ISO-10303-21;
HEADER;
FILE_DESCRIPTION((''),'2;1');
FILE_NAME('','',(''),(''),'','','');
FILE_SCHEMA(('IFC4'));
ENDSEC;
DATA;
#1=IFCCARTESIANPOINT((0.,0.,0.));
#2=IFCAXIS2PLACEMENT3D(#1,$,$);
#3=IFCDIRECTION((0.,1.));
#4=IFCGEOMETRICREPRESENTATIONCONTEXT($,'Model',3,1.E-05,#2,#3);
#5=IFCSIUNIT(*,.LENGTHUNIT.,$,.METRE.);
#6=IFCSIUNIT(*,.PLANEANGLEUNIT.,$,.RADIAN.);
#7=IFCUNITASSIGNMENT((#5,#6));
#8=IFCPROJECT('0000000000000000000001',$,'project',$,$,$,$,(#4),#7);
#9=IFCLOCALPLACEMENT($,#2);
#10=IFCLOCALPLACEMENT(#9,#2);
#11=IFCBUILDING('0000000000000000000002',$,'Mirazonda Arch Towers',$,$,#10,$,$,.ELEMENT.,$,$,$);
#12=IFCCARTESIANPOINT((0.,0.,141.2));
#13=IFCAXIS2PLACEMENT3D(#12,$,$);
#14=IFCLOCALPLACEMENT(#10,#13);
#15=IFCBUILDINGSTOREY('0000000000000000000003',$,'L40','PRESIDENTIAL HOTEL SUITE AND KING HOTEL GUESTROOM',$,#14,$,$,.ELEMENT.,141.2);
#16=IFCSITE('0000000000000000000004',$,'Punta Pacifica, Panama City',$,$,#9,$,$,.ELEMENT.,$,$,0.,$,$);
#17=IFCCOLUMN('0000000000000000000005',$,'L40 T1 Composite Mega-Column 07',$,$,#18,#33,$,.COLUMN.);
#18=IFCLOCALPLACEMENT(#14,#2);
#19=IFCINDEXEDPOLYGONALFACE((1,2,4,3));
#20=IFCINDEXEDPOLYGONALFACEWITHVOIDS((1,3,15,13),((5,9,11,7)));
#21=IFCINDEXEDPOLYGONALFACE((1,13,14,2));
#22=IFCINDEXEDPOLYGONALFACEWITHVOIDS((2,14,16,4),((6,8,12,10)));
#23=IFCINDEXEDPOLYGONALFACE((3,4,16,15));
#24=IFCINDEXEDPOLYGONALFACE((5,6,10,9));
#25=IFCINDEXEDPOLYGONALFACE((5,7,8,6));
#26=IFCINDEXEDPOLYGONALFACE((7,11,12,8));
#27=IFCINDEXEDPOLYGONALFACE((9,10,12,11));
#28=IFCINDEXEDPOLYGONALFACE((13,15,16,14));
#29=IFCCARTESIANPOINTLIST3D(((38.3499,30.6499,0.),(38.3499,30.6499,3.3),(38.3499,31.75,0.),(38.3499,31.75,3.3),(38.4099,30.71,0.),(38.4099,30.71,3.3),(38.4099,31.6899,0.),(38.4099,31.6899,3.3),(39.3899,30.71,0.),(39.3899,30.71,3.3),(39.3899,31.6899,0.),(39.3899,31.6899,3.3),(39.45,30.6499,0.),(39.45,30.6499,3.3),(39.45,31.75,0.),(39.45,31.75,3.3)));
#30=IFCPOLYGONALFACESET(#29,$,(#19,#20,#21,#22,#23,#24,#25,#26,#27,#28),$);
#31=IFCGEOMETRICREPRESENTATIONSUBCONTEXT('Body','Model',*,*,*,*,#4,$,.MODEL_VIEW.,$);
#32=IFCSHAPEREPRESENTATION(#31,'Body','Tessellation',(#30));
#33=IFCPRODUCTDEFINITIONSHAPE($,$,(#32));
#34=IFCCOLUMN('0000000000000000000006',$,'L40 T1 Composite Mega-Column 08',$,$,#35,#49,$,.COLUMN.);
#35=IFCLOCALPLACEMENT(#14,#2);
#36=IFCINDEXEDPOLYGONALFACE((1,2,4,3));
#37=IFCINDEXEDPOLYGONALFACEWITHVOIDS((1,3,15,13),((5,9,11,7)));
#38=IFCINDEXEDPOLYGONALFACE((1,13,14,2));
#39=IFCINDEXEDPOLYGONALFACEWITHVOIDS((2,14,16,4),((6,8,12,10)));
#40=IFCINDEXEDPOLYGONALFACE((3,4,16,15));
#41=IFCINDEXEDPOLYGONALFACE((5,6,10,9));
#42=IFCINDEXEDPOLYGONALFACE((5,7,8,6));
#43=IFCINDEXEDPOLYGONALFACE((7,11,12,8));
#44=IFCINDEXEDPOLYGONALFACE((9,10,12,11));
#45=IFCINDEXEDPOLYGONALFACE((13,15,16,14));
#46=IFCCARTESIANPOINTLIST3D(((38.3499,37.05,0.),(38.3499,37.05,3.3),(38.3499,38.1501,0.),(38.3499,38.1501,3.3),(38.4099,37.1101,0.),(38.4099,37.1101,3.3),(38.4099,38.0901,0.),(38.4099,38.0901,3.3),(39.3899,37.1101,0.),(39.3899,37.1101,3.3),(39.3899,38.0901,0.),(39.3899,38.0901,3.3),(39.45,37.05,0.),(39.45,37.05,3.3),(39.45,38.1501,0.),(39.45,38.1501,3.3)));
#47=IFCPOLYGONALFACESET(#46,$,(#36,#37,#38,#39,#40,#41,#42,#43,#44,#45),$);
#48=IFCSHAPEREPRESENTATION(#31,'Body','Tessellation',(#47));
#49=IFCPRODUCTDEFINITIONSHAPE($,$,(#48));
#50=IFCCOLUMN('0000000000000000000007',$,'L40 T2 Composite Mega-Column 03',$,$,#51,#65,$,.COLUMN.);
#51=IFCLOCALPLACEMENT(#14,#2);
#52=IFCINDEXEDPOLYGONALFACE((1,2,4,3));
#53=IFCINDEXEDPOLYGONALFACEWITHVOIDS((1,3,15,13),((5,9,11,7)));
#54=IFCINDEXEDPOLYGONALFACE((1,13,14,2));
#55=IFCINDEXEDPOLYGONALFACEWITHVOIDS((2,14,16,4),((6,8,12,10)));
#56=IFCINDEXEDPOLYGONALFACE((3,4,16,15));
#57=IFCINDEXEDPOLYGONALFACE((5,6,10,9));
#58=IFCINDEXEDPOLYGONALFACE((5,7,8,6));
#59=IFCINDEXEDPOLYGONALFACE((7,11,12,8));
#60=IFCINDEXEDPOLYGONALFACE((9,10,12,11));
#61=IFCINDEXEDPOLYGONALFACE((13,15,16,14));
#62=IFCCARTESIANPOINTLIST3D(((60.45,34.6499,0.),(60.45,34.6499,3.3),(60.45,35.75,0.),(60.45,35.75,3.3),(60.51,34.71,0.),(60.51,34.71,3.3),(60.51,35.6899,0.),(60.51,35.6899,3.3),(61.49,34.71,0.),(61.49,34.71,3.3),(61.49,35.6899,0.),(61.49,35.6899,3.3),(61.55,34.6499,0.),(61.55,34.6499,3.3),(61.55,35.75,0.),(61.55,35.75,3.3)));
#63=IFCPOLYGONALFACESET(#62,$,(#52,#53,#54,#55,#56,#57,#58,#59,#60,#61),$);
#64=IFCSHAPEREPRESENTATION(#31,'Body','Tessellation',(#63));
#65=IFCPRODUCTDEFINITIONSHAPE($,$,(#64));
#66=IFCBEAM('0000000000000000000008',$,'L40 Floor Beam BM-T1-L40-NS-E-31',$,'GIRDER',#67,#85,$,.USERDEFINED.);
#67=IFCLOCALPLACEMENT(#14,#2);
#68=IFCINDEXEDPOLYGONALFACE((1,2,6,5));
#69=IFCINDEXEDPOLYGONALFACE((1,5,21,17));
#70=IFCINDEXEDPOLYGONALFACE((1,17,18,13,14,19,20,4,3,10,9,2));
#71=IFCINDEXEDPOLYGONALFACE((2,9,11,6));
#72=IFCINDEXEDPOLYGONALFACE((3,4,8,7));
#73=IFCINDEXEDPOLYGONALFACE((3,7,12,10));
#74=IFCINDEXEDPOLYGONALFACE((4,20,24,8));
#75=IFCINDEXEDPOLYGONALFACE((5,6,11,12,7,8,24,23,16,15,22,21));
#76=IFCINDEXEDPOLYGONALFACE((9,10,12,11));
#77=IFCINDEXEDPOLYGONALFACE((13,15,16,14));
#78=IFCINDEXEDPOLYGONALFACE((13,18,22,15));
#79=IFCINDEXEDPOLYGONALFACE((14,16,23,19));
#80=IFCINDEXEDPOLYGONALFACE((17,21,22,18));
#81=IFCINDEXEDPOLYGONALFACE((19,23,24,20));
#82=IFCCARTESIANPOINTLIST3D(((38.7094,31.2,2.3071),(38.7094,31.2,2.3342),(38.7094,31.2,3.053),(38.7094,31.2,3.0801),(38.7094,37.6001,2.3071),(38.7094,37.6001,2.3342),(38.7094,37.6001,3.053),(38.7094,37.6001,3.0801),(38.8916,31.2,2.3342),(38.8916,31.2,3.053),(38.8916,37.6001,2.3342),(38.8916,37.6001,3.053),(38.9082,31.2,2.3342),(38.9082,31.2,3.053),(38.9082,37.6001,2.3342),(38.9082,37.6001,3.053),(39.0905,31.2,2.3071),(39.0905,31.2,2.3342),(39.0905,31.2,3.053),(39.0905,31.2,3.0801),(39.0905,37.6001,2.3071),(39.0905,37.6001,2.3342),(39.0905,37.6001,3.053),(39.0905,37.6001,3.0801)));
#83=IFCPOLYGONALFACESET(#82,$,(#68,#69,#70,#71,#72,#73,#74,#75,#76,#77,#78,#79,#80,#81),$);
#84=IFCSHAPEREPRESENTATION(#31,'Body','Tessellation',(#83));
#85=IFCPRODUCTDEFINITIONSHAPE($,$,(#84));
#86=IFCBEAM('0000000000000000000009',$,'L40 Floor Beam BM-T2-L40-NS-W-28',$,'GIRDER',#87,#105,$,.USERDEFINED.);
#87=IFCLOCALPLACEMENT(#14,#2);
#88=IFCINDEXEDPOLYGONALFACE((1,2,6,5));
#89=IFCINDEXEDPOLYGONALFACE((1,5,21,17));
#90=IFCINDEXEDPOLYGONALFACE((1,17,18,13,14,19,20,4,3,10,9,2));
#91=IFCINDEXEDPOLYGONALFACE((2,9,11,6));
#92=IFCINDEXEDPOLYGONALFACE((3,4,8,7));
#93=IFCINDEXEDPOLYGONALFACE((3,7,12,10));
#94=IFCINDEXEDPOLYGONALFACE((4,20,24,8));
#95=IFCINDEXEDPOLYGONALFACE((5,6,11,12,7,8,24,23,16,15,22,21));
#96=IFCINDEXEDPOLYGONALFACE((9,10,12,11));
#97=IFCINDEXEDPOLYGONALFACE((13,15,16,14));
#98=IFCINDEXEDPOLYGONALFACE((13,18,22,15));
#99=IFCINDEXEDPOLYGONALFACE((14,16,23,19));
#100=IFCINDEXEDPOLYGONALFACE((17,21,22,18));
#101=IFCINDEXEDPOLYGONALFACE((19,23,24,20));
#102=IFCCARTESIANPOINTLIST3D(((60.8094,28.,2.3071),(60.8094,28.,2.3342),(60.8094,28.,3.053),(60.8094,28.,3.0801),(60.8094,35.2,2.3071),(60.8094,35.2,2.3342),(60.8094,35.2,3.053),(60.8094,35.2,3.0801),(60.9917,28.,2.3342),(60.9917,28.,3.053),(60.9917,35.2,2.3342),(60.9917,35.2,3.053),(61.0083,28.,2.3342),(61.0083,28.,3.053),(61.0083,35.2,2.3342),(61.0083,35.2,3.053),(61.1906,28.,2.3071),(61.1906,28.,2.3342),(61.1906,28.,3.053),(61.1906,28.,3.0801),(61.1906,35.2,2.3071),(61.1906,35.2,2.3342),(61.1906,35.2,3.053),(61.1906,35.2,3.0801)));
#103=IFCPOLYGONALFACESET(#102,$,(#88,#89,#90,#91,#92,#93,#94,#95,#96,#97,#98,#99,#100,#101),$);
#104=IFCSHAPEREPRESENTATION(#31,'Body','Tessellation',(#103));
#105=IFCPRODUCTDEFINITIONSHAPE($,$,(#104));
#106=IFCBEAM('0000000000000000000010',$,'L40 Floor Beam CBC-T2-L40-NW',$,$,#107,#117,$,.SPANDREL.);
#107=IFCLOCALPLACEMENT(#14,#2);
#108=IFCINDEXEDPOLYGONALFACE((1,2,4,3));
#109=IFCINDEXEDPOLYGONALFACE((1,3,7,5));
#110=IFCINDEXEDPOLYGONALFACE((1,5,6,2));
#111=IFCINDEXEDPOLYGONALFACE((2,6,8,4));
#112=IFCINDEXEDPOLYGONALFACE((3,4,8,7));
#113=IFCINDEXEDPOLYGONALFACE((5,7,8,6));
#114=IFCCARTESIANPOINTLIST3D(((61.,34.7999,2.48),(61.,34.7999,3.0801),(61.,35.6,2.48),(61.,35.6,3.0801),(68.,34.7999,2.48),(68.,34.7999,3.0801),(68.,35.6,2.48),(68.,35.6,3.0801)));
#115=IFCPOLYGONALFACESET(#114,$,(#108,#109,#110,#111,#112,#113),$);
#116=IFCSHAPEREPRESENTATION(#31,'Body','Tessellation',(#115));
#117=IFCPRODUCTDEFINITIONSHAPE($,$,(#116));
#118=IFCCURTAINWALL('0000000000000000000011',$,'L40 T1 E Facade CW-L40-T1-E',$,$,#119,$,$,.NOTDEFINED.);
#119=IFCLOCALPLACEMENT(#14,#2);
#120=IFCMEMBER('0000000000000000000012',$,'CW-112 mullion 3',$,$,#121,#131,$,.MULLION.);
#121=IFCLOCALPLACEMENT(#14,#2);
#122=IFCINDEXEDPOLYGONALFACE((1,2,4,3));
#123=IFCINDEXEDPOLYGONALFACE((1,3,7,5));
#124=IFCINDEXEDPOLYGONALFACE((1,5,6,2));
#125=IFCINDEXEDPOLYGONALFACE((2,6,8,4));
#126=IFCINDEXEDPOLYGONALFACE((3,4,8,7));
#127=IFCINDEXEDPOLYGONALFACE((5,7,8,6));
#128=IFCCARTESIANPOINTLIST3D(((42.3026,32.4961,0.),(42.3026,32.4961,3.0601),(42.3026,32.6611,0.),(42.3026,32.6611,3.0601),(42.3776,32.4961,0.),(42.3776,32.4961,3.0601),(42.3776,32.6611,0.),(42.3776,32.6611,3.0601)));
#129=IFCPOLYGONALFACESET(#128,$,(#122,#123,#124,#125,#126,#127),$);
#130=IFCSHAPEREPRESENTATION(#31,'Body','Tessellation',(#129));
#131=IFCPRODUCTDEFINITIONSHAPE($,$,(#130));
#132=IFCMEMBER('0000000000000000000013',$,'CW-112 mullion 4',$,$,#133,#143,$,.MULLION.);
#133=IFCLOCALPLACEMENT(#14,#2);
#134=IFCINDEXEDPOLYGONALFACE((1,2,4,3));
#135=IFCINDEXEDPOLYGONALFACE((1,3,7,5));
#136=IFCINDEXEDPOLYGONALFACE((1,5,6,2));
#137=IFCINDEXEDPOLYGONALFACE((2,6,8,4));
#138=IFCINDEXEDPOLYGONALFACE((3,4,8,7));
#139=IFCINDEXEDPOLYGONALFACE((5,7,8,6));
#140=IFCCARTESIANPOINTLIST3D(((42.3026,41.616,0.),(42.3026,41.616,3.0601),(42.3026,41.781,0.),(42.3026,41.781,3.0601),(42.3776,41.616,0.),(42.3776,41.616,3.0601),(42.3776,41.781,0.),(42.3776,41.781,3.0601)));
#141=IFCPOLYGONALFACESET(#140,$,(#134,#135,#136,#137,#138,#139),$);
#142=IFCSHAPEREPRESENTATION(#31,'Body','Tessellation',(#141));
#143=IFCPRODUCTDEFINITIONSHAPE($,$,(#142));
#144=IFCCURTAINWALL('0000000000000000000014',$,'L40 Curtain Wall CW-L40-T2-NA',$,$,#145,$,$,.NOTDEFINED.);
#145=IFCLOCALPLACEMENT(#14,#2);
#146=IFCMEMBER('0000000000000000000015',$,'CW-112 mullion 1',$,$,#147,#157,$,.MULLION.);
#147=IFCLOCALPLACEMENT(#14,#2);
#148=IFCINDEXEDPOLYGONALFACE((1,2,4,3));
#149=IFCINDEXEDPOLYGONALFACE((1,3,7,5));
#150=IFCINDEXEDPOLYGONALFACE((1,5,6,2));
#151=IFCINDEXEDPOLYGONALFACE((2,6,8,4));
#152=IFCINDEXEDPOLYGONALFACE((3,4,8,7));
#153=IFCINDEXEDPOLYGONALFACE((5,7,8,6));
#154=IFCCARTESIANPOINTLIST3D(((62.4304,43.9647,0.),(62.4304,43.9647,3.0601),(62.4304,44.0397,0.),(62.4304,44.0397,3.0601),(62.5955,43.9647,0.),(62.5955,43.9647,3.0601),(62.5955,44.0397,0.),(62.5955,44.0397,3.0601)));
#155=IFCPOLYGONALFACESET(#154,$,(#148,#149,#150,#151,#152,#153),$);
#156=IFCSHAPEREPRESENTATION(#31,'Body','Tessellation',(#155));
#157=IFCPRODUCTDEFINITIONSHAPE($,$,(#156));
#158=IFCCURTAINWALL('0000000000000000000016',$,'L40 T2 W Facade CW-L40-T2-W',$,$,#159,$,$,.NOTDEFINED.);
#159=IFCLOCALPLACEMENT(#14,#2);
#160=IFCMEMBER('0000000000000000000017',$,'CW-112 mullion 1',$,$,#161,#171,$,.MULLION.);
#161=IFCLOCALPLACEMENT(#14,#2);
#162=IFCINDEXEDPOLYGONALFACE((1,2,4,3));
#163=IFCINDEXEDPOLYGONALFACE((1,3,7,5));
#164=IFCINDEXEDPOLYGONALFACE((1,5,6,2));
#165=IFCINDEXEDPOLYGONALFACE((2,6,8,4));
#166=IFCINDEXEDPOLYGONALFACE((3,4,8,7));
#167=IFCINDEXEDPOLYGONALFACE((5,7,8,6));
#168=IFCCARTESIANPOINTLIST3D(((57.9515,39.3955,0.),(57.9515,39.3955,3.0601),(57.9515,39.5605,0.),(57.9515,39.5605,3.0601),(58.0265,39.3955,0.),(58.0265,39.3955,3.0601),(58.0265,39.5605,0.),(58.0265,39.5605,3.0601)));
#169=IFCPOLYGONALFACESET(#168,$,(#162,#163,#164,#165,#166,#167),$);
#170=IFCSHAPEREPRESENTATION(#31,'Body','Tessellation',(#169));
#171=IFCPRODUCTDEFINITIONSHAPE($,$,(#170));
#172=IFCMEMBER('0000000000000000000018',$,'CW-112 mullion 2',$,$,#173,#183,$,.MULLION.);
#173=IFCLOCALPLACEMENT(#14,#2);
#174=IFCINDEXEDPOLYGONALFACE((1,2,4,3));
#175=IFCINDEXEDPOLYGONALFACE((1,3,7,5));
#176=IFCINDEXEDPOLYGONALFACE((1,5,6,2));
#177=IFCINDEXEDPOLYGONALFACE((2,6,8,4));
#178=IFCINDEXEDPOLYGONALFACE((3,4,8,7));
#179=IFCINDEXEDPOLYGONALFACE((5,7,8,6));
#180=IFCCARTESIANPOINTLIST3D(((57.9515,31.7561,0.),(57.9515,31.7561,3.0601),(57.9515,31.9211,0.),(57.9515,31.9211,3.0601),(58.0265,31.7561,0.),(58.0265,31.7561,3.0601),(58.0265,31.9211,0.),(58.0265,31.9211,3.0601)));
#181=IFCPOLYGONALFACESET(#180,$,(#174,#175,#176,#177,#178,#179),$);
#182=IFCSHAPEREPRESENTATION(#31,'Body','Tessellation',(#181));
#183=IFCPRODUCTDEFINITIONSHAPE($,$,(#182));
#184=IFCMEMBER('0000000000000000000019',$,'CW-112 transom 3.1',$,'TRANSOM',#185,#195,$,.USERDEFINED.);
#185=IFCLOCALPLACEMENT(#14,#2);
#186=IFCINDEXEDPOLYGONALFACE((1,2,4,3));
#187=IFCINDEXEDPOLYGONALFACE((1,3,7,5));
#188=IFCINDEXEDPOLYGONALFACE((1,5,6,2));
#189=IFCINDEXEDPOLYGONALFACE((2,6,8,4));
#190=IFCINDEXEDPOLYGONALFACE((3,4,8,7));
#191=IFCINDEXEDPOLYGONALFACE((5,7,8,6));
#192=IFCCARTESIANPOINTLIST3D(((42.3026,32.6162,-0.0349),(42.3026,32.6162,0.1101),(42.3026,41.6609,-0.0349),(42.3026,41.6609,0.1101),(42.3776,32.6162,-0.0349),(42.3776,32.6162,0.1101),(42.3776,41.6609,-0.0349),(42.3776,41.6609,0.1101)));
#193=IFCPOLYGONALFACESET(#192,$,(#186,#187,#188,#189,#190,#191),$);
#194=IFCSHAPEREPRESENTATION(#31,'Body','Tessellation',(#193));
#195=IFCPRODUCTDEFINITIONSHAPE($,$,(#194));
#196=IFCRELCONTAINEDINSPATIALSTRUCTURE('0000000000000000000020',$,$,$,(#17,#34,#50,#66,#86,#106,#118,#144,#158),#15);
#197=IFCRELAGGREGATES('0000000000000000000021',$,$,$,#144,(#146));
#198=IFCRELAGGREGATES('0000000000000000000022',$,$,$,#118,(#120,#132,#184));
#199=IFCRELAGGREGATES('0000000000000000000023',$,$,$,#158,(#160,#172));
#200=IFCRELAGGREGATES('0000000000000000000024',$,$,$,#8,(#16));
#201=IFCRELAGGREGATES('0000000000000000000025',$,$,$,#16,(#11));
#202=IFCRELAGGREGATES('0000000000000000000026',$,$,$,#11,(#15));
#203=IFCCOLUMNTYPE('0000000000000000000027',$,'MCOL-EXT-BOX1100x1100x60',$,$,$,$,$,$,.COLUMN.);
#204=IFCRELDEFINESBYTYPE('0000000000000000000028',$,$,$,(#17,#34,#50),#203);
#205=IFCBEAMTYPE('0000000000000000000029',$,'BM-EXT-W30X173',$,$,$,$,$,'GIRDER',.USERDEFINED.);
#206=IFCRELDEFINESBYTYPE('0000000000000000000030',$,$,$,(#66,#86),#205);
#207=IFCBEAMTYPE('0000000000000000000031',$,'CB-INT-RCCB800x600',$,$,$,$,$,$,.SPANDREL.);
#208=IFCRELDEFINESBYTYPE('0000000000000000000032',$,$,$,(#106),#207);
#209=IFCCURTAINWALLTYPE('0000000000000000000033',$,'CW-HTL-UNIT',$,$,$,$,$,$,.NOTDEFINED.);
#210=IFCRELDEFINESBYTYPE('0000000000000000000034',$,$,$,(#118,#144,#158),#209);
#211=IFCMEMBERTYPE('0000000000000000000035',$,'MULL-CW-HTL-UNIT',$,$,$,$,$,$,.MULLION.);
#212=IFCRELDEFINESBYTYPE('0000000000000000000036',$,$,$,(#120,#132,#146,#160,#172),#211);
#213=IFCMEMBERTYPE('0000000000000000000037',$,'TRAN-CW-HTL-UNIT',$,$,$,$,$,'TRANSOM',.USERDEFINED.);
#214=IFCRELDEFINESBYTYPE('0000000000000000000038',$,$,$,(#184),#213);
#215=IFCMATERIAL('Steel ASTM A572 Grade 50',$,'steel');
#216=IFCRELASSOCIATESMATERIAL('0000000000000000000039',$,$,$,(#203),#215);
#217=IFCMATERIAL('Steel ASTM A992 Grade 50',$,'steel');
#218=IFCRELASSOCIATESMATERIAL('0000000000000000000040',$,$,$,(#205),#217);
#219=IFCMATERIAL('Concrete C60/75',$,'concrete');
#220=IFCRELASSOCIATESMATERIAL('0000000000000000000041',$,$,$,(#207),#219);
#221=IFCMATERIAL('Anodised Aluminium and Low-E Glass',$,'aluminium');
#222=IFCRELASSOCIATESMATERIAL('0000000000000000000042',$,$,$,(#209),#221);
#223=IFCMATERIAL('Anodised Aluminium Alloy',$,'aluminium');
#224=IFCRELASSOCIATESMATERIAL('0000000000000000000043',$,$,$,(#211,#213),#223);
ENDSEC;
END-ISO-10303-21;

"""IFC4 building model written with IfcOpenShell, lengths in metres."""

from ifc_helpers import new_model, si_unit, direction, frame, origin, origin_2d, place, context, subcontext, project, spatial, rectangle, hollow_rectangle, i_section, extrude, material, material_profile, profile_set, type_object, element, aggregate, save


model = new_model("IFC4")

# Units and contexts
model_context = context("Model", 3, precision=1e-05, world=origin(), true_north=direction((0.0, 1.0)))
body_context = subcontext(model_context, "Body", "Model", "MODEL_VIEW")
ifc_project = project(units=[si_unit("LENGTHUNIT", "METRE"), si_unit("PLANEANGLEUNIT", "RADIAN")], contexts=[model_context])

# Site, building, storey
site_placement = place(None, origin())
site = spatial("IfcSite", under=ifc_project, at=site_placement, Name="Punta Pacifica, Panama City", CompositionType="ELEMENT", RefElevation=0.0)
building_placement = place(site_placement, origin())
building = spatial("IfcBuilding", under=site, at=building_placement, Name="Mirazonda Arch Towers", CompositionType="ELEMENT")
storey_placement = place(building_placement, frame((0.0, 0.0, 141.2)))
storey = spatial("IfcBuildingStorey", under=building, at=storey_placement, Name="L40", Description="PRESIDENTIAL HOTEL SUITE AND KING HOTEL GUESTROOM", CompositionType="ELEMENT", Elevation=141.2)

# Columns
ifc_material_1 = material(Name="Steel ASTM A572 Grade 50", Category="steel")
ifc_material_profile_1 = material_profile(ifc_material_1, hollow_rectangle(XDim=1.1001, YDim=1.1001, WallThickness=0.0601, at=origin_2d()), Name="BOX1100x1100x60")
ifc_profile_set_1 = profile_set([ifc_material_profile_1], Name="Steel ASTM A572 Grade 50")
column_type = type_object("IfcColumnType", Name="MCOL-EXT-BOX1100x1100x60", PredefinedType="COLUMN", material=ifc_profile_set_1)
for number, where, z_axis, x_axis, name in (
    (1, (38.8999, 31.2, 0.0), (0.0, 0.0, 1.0), (1.0, 0.0, 0.0), "L40 T1 Composite Mega-Column 07"),
    (2, (38.8999, 37.6001, 0.0), (0.0, 0.0, 1.0), (1.0, 0.0, 0.0), "L40 T1 Composite Mega-Column 08"),
    (3, (61.0, 35.2, 0.0), (0.0, 0.0, 1.0), (1.0, 0.0, 0.0), "L40 T2 Composite Mega-Column 03"),
):
    element("IfcColumn", number, at=place(storey_placement, frame(where, z_axis=z_axis, x_axis=x_axis)), inside=storey, type_object=column_type, Name=name, PredefinedType="COLUMN", context=body_context, shape_type="SweptSolid", body=[
        extrude(hollow_rectangle(XDim=1.1001, YDim=1.1001, WallThickness=0.0601, at=origin_2d()), origin(), (0.0, 0.0, 1.0), 3.3),
    ])

# Beams
ifc_material_2 = material(Name="Steel ASTM A992 Grade 50", Category="steel")
ifc_material_profile_2 = material_profile(ifc_material_2, i_section(OverallWidth=0.3811, OverallDepth=0.7729, WebThickness=0.0166, FlangeThickness=0.0271, at=origin_2d()), Name="W30X173")
ifc_profile_set_2 = profile_set([ifc_material_profile_2], Name="Steel ASTM A992 Grade 50")
beam_type_1 = type_object("IfcBeamType", Name="BM-EXT-W30X173", ElementType="GIRDER", PredefinedType="USERDEFINED", material=ifc_profile_set_2)
beam_1_placement = place(storey_placement, frame((38.8999, 31.2, 2.6936), z_axis=(0.0, 1.0, 0.0), x_axis=(-1.0, 0.0, 0.0)))
element("IfcBeam", 4, at=beam_1_placement, inside=storey, type_object=beam_type_1, Name="L40 Floor Beam BM-T1-L40-NS-E-31", ObjectType="GIRDER", PredefinedType="USERDEFINED", context=body_context, shape_type="SweptSolid", body=[
    extrude(i_section(OverallWidth=0.3811, OverallDepth=0.7729, WebThickness=0.0166, FlangeThickness=0.0271, at=origin_2d()), origin(), (0.0, 0.0, 1.0), 6.4001),
])
beam_2_placement = place(storey_placement, frame((61.0, 28.0, 2.6936), z_axis=(0.0, 1.0, 0.0), x_axis=(-1.0, 0.0, 0.0)))
element("IfcBeam", 5, at=beam_2_placement, inside=storey, type_object=beam_type_1, Name="L40 Floor Beam BM-T2-L40-NS-W-28", ObjectType="GIRDER", PredefinedType="USERDEFINED", context=body_context, shape_type="SweptSolid", body=[
    extrude(i_section(OverallWidth=0.3811, OverallDepth=0.7729, WebThickness=0.0166, FlangeThickness=0.0271, at=origin_2d()), origin(), (0.0, 0.0, 1.0), 7.2),
])
ifc_material_3 = material(Name="Concrete C60/75", Category="concrete")
ifc_material_profile_3 = material_profile(ifc_material_3, rectangle(XDim=0.8, YDim=0.6001, at=origin_2d()), Name="RCCB800x600")
ifc_profile_set_3 = profile_set([ifc_material_profile_3], Name="Concrete C60/75")
beam_type_2 = type_object("IfcBeamType", Name="CB-INT-RCCB800x600", PredefinedType="SPANDREL", material=ifc_profile_set_3)
beam_3_placement = place(storey_placement, frame((61.0, 35.2, 2.78), z_axis=(1.0, 0.0, 0.0), x_axis=(0.0, 1.0, 0.0)))
element("IfcBeam", 6, at=beam_3_placement, inside=storey, type_object=beam_type_2, Name="L40 Floor Beam CBC-T2-L40-NW", PredefinedType="SPANDREL", context=body_context, shape_type="SweptSolid", body=[
    extrude(rectangle(XDim=0.8, YDim=0.6001, at=origin_2d()), origin(), (0.0, 0.0, 1.0), 7.0),
])

# Curtain wall, members
ifc_material_4 = material(Name="Anodised Aluminium and Low-E Glass", Category="aluminium")
curtain_wall_type = type_object("IfcCurtainWallType", Name="CW-HTL-UNIT", PredefinedType="NOTDEFINED", material=ifc_material_4)
curtain_wall_1_placement = place(storey_placement, origin())
curtain_wall_1 = element("IfcCurtainWall", 7, at=curtain_wall_1_placement, inside=storey, type_object=curtain_wall_type, Name="L40 T1 E Facade CW-L40-T1-E", PredefinedType="NOTDEFINED")
ifc_material_5 = material(Name="Anodised Aluminium Alloy", Category="aluminium")
ifc_material_profile_4 = material_profile(ifc_material_5, rectangle(XDim=0.075, YDim=0.165, at=origin_2d()), Name="ALU-MULL-75x165")
ifc_profile_set_4 = profile_set([ifc_material_profile_4], Name="Anodised Aluminium Alloy")
member_type_1 = type_object("IfcMemberType", Name="MULL-CW-HTL-UNIT", PredefinedType="MULLION", material=ifc_profile_set_4)
member_1_placement = place(storey_placement, frame((42.3401, 32.5786, 0.0), z_axis=(0.0, 0.0, 1.0), x_axis=(-1.0, 0.0, 0.0)))
member_1 = element("IfcMember", 8, at=member_1_placement, type_object=member_type_1, Name="CW-112 mullion 3", PredefinedType="MULLION", context=body_context, shape_type="SweptSolid", body=[
    extrude(rectangle(XDim=0.075, YDim=0.165, at=origin_2d()), origin(), (0.0, 0.0, 1.0), 3.0601),
])
member_2_placement = place(storey_placement, frame((42.3401, 41.6985, 0.0), z_axis=(0.0, 0.0, 1.0), x_axis=(-1.0, 0.0, 0.0)))
member_2 = element("IfcMember", 9, at=member_2_placement, type_object=member_type_1, Name="CW-112 mullion 4", PredefinedType="MULLION", context=body_context, shape_type="SweptSolid", body=[
    extrude(rectangle(XDim=0.075, YDim=0.165, at=origin_2d()), origin(), (0.0, 0.0, 1.0), 3.0601),
])

# Curtain wall, member
curtain_wall_2_placement = place(storey_placement, origin())
curtain_wall_2 = element("IfcCurtainWall", 10, at=curtain_wall_2_placement, inside=storey, type_object=curtain_wall_type, Name="L40 Curtain Wall CW-L40-T2-NA", PredefinedType="NOTDEFINED")
member_3_placement = place(storey_placement, frame((62.5129, 44.0022, 0.0), z_axis=(0.0, 0.0, 1.0), x_axis=(0.0, 1.0, 0.0)))
member_3 = element("IfcMember", 11, at=member_3_placement, type_object=member_type_1, Name="CW-112 mullion 1", PredefinedType="MULLION", context=body_context, shape_type="SweptSolid", body=[
    extrude(rectangle(XDim=0.075, YDim=0.165, at=origin_2d()), origin(), (0.0, 0.0, 1.0), 3.0601),
])

# Curtain wall, members
curtain_wall_3_placement = place(storey_placement, origin())
curtain_wall_3 = element("IfcCurtainWall", 12, at=curtain_wall_3_placement, inside=storey, type_object=curtain_wall_type, Name="L40 T2 W Facade CW-L40-T2-W", PredefinedType="NOTDEFINED")
member_4_placement = place(storey_placement, frame((57.989, 39.478, 0.0), z_axis=(0.0, 0.0, 1.0), x_axis=(1.0, 0.0, 0.0)))
member_4 = element("IfcMember", 13, at=member_4_placement, type_object=member_type_1, Name="CW-112 mullion 1", PredefinedType="MULLION", context=body_context, shape_type="SweptSolid", body=[
    extrude(rectangle(XDim=0.075, YDim=0.165, at=origin_2d()), origin(), (0.0, 0.0, 1.0), 3.0601),
])
member_5_placement = place(storey_placement, frame((57.989, 31.8386, 0.0), z_axis=(0.0, 0.0, 1.0), x_axis=(1.0, 0.0, 0.0)))
member_5 = element("IfcMember", 14, at=member_5_placement, type_object=member_type_1, Name="CW-112 mullion 2", PredefinedType="MULLION", context=body_context, shape_type="SweptSolid", body=[
    extrude(rectangle(XDim=0.075, YDim=0.165, at=origin_2d()), origin(), (0.0, 0.0, 1.0), 3.0601),
])

# Member
ifc_material_profile_5 = material_profile(ifc_material_5, rectangle(XDim=0.075, YDim=0.145, at=origin_2d()), Name="ALU-TRAN-75x145")
ifc_profile_set_5 = profile_set([ifc_material_profile_5], Name="Anodised Aluminium Alloy")
member_type_2 = type_object("IfcMemberType", Name="TRAN-CW-HTL-UNIT", ElementType="TRANSOM", PredefinedType="USERDEFINED", material=ifc_profile_set_5)
member_6_placement = place(storey_placement, frame((42.3401, 32.6162, 0.0376), z_axis=(0.0, 1.0, 0.0), x_axis=(-1.0, 0.0, 0.0)))
member_6 = element("IfcMember", 15, at=member_6_placement, type_object=member_type_2, Name="CW-112 transom 3.1", ObjectType="TRANSOM", PredefinedType="USERDEFINED", context=body_context, shape_type="SweptSolid", body=[
    extrude(rectangle(XDim=0.075, YDim=0.145, at=origin_2d()), origin(), (0.0, 0.0, 1.0), 9.0447),
])
aggregate(curtain_wall_2, [member_3])

aggregate(curtain_wall_1, [member_1, member_2, member_6])
aggregate(curtain_wall_3, [member_4, member_5])

save(model, "model.ifc")
